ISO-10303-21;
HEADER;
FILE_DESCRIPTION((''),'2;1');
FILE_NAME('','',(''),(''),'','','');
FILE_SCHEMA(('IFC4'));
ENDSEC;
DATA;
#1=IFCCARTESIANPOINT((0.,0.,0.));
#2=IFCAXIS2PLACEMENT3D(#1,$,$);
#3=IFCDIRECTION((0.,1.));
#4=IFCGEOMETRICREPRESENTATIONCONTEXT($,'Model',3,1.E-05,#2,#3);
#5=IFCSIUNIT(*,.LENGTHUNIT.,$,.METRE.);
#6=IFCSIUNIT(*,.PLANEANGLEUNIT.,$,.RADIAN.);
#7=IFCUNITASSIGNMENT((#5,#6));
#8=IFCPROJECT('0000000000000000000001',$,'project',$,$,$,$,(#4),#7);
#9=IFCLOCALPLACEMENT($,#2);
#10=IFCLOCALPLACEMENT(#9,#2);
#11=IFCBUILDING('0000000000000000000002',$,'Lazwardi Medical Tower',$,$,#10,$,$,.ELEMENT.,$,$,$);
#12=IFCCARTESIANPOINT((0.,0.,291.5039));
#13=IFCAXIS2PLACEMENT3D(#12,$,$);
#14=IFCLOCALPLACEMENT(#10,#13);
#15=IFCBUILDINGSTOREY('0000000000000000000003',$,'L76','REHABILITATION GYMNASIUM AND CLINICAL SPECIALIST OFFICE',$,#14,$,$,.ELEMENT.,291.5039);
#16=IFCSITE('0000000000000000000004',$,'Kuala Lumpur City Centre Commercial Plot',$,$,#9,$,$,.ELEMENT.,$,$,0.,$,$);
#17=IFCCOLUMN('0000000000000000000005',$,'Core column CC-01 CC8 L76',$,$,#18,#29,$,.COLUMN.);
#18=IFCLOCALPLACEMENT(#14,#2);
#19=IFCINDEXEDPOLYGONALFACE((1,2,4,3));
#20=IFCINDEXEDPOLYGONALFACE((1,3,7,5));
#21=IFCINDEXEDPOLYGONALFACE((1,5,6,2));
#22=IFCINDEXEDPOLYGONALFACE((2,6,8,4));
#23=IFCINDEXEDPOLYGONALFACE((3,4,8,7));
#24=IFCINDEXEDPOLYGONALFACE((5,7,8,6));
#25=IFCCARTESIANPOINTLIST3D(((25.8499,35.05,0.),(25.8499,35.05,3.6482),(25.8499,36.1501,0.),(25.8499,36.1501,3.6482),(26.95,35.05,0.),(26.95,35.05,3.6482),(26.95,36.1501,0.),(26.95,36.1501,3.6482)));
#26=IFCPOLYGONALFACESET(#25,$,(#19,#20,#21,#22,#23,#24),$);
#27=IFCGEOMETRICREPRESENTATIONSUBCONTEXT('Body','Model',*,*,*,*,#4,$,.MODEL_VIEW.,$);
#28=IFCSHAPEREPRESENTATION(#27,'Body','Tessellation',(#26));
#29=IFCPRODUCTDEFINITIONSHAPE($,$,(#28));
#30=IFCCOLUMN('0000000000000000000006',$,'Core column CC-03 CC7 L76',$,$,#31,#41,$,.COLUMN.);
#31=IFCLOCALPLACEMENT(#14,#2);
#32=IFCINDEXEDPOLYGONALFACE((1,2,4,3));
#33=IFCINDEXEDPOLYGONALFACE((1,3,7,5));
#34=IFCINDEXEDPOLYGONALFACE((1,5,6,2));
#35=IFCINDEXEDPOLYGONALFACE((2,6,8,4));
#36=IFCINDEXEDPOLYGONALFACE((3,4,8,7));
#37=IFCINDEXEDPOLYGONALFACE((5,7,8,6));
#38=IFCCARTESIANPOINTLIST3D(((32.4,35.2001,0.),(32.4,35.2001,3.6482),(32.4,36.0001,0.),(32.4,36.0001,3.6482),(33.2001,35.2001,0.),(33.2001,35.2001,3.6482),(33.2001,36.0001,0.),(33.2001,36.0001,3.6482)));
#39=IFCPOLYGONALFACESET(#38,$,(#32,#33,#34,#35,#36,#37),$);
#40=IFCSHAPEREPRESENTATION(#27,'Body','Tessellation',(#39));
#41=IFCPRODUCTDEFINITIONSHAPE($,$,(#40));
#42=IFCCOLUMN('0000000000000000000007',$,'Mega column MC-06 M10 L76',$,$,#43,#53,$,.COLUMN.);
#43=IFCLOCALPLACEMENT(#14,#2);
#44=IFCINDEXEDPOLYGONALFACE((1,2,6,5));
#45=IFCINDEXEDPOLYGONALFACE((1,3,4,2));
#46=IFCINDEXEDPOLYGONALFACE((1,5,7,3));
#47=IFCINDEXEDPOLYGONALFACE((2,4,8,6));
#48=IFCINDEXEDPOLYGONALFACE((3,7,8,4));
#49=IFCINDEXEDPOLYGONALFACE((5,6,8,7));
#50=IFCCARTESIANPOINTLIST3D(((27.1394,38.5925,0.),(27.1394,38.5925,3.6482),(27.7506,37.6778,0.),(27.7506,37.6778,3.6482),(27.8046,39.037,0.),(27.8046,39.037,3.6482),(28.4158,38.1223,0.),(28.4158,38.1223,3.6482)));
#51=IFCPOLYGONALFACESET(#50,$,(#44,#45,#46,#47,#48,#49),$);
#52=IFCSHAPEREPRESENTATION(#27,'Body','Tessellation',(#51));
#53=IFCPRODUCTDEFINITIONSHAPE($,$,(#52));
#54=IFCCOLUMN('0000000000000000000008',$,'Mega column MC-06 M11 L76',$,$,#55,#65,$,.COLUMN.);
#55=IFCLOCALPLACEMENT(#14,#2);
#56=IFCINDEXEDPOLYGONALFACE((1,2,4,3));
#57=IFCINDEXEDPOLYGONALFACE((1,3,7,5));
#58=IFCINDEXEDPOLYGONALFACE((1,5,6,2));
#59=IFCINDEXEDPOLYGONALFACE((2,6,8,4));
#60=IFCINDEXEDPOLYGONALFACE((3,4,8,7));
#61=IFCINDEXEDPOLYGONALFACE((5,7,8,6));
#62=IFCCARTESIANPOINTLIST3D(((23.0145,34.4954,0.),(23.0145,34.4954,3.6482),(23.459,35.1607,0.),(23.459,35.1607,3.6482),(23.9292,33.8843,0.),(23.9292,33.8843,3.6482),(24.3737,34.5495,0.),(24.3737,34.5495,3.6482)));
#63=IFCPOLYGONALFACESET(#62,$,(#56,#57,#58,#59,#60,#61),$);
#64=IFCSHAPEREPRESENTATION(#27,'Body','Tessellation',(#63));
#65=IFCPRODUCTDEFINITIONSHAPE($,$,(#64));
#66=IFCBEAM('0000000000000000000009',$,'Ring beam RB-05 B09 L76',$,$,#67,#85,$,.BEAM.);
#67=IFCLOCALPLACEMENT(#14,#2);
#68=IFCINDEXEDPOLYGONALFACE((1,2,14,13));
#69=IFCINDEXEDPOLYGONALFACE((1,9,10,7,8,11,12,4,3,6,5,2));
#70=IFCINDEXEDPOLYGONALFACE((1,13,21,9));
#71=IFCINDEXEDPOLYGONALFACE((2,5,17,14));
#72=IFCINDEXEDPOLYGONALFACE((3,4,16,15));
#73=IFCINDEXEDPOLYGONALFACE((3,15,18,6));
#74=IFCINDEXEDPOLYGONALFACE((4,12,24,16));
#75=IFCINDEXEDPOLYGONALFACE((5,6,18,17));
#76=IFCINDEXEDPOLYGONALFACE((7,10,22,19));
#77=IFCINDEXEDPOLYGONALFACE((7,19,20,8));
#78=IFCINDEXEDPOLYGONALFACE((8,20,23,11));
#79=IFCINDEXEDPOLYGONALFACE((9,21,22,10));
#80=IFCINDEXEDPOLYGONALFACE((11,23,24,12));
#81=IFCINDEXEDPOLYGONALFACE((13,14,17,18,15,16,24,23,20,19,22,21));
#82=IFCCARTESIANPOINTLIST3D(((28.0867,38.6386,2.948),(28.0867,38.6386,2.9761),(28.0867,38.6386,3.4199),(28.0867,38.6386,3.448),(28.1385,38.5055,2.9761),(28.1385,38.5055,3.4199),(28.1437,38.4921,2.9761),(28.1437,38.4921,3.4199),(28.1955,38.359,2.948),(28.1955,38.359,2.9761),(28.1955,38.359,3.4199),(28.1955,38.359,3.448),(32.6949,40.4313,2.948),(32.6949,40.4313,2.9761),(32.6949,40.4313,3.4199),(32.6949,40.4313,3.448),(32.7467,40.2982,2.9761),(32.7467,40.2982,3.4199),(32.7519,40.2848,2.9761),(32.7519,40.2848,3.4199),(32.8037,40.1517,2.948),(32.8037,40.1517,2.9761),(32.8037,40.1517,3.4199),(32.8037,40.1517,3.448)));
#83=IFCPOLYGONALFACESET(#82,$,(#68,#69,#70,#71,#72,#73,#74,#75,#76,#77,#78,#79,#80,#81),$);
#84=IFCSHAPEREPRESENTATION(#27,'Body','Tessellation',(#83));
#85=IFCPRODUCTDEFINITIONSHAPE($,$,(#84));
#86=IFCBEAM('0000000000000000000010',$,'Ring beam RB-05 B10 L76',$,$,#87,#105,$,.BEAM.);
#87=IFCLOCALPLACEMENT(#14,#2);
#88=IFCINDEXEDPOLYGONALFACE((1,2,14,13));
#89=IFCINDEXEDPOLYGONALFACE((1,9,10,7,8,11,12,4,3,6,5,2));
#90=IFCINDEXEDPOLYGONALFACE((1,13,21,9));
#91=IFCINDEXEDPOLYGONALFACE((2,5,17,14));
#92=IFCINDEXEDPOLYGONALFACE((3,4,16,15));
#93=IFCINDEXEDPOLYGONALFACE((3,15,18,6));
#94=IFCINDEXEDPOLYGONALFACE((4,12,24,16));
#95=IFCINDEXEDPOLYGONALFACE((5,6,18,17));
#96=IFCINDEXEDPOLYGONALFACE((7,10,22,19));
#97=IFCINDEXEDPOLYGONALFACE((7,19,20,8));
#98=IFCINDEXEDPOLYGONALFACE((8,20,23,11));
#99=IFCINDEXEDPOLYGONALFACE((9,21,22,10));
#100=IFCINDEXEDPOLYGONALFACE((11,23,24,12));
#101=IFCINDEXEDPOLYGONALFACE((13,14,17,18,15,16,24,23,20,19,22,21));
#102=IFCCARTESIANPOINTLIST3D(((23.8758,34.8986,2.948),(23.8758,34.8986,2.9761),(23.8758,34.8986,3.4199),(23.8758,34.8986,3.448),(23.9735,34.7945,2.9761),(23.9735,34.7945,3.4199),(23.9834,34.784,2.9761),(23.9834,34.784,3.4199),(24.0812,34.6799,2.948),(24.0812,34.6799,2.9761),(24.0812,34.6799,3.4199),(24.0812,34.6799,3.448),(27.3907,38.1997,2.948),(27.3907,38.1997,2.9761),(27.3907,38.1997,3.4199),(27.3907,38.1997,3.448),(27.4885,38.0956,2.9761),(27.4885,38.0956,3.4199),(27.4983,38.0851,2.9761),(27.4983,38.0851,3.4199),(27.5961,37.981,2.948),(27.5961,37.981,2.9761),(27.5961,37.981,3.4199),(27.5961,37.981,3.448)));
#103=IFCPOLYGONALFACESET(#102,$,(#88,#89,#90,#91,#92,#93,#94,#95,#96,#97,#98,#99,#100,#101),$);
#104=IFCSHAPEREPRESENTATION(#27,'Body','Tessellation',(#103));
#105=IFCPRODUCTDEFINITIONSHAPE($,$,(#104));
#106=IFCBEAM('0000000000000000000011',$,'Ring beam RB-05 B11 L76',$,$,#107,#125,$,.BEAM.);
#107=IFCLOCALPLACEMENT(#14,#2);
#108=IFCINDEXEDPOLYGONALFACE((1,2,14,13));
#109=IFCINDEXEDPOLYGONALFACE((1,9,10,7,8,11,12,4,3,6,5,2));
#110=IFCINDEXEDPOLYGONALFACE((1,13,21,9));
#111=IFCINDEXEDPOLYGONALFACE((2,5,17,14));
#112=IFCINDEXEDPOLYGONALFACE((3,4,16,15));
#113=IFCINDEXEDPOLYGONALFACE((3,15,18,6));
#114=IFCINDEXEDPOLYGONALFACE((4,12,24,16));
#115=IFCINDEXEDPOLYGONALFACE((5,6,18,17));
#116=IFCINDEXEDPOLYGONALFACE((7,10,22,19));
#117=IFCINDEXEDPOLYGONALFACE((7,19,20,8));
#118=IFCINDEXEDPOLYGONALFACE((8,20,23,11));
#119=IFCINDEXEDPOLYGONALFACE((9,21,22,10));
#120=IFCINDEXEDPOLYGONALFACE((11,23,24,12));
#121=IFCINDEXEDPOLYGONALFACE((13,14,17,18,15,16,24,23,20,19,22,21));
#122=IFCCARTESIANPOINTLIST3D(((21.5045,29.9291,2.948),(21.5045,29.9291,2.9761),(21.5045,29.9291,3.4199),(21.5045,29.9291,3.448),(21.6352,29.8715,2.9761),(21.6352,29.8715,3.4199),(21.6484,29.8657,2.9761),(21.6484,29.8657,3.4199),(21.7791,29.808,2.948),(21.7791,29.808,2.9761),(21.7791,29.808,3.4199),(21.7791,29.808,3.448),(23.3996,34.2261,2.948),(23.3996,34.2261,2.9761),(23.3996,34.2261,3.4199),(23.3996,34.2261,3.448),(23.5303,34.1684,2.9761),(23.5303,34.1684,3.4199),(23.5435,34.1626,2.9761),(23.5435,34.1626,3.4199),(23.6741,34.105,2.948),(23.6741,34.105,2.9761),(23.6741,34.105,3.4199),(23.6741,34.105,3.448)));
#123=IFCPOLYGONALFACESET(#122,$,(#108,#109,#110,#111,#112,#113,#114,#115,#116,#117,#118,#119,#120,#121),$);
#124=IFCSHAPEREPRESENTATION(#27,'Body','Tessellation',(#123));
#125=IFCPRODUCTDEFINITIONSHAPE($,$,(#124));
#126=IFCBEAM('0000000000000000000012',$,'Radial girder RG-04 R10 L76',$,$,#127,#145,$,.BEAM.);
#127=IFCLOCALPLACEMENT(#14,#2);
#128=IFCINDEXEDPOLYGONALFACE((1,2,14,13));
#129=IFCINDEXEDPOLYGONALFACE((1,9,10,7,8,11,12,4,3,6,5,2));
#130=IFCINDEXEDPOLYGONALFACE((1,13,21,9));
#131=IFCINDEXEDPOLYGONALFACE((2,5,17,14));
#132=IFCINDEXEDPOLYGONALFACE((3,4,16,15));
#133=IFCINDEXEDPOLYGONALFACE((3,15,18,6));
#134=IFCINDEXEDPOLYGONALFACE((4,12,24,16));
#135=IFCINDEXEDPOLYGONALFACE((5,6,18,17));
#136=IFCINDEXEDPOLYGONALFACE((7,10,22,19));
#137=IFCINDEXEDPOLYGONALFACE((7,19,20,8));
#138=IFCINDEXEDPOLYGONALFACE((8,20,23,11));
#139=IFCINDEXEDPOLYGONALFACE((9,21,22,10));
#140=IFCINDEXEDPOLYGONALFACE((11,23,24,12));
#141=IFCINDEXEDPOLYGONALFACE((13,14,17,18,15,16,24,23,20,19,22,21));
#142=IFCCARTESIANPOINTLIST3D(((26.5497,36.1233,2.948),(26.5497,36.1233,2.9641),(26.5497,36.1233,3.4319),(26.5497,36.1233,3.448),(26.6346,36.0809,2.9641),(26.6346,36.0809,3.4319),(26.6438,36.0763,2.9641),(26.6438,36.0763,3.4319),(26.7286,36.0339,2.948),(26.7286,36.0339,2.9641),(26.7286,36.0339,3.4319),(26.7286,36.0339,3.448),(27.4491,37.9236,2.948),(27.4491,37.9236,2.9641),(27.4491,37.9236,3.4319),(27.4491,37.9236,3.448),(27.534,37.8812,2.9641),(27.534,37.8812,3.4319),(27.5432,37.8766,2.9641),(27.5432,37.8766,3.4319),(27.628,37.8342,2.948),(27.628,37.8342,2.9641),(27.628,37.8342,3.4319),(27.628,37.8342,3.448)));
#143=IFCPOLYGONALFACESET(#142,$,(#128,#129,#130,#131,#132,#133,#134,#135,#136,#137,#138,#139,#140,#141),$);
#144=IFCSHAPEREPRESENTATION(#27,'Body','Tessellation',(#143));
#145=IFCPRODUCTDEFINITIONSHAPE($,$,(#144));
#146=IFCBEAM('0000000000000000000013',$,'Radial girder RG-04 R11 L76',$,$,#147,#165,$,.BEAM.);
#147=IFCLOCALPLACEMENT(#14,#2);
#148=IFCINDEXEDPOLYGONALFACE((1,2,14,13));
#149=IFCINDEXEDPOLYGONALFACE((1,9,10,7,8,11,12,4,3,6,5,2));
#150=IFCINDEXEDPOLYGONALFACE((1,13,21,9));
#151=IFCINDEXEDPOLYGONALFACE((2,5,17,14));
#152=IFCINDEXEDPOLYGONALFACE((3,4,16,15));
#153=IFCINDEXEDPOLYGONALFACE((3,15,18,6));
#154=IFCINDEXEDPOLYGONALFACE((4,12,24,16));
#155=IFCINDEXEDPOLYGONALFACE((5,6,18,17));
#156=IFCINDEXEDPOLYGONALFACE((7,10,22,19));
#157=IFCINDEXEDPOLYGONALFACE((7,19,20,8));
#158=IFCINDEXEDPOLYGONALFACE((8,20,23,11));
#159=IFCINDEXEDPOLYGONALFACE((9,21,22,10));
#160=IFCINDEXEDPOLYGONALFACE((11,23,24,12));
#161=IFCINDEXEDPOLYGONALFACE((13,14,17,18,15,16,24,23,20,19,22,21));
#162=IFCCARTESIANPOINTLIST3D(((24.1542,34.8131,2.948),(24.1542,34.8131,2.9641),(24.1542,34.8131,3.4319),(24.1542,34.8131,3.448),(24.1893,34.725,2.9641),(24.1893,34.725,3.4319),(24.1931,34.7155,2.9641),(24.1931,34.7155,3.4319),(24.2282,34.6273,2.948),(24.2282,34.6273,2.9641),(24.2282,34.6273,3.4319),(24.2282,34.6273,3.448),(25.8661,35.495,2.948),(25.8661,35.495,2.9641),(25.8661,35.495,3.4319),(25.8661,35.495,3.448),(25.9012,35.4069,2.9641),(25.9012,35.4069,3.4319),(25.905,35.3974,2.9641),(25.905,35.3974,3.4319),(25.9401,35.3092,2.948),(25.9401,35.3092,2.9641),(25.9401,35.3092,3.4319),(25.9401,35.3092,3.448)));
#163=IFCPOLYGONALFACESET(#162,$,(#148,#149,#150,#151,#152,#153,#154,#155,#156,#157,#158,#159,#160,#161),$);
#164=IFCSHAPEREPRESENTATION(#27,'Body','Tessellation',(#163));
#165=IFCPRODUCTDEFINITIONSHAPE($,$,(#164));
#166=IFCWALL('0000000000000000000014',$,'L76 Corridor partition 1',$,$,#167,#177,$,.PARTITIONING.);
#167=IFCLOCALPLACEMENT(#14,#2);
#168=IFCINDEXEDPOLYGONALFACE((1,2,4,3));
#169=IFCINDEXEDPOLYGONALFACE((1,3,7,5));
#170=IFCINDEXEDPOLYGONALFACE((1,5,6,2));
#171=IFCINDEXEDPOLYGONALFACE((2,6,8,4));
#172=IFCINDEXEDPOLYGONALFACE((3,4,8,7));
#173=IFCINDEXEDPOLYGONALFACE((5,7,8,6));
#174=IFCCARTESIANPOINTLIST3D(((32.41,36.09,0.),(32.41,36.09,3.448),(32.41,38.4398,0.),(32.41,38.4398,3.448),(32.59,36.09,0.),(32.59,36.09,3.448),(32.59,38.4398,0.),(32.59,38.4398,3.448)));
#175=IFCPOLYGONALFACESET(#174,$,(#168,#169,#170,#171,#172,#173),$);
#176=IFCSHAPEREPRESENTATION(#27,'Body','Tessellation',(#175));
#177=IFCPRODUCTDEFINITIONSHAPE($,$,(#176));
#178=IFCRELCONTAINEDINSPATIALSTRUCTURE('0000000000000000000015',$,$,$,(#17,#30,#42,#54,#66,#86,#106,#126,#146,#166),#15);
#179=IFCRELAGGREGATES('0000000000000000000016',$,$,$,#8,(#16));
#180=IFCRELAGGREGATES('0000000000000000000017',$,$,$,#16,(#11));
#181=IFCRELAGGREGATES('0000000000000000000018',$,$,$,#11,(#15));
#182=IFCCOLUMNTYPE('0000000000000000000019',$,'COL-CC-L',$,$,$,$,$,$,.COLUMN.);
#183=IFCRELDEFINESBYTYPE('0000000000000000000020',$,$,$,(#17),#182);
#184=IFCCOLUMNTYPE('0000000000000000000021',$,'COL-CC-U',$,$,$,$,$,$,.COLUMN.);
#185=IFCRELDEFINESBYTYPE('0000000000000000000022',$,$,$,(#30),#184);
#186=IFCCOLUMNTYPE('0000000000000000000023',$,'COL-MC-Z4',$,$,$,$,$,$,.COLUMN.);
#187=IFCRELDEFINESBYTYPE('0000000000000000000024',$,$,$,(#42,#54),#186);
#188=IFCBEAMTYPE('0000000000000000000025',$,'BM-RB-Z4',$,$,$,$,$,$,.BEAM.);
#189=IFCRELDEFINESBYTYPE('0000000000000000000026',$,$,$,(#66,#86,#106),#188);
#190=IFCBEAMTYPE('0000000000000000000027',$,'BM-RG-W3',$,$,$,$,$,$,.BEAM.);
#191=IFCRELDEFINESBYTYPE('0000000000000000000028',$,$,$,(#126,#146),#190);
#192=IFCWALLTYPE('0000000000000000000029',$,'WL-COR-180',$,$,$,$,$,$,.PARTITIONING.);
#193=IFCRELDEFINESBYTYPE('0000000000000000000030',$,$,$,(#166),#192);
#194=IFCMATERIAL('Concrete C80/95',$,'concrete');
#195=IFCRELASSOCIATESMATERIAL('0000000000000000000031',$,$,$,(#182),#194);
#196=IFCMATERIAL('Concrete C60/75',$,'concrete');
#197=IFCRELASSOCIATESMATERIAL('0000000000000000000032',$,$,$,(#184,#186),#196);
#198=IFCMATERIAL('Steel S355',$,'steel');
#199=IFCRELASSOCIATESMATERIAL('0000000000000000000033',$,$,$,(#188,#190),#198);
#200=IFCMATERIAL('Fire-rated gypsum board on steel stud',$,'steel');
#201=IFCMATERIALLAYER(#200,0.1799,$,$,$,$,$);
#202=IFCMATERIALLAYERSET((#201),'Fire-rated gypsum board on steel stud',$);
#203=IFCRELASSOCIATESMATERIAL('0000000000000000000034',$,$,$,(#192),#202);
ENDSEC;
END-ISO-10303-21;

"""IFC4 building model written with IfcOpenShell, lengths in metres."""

from ifc_helpers import new_model, si_unit, direction, frame, frame_2d, origin, origin_2d, place, context, subcontext, project, spatial, rectangle, i_section, extrude, material, layer, layer_set, material_profile, profile_set, type_object, element, save


model = new_model("IFC4")

# Units and contexts
model_context = context("Model", 3, precision=1e-05, world=origin(), true_north=direction((0.0, 1.0)))
body_context = subcontext(model_context, "Body", "Model", "MODEL_VIEW")
ifc_project = project(units=[si_unit("LENGTHUNIT", "METRE"), si_unit("PLANEANGLEUNIT", "RADIAN")], contexts=[model_context])

# Site, building, storey
site_placement = place(None, origin())
site = spatial("IfcSite", under=ifc_project, at=site_placement, Name="Kuala Lumpur City Centre Commercial Plot", CompositionType="ELEMENT", RefElevation=0.0)
building_placement = place(site_placement, origin())
building = spatial("IfcBuilding", under=site, at=building_placement, Name="Lazwardi Medical Tower", CompositionType="ELEMENT")
storey_placement = place(building_placement, frame((0.0, 0.0, 291.5039)))
storey = spatial("IfcBuildingStorey", under=building, at=storey_placement, Name="L76", Description="REHABILITATION GYMNASIUM AND CLINICAL SPECIALIST OFFICE", CompositionType="ELEMENT", Elevation=291.5039)

# Columns
ifc_material_1 = material(Name="Concrete C80/95", Category="concrete")
ifc_material_profile_1 = material_profile(ifc_material_1, rectangle(XDim=1.1001, YDim=1.1001, at=origin_2d()), Name="RC 1100x1100")
ifc_profile_set_1 = profile_set([ifc_material_profile_1], Name="Concrete C80/95")
column_type_1 = type_object("IfcColumnType", Name="COL-CC-L", PredefinedType="COLUMN", material=ifc_profile_set_1)
column_1_placement = place(storey_placement, frame((26.3999, 35.6001, 0.0), z_axis=(0.0, 0.0, 1.0), x_axis=(1.0, 0.0, 0.0)))
element("IfcColumn", 1, at=column_1_placement, inside=storey, type_object=column_type_1, Name="Core column CC-01 CC8 L76", PredefinedType="COLUMN", context=body_context, shape_type="SweptSolid", body=[
    extrude(rectangle(XDim=1.1001, YDim=1.1001, at=origin_2d()), origin(), (0.0, 0.0, 1.0), 3.6482),
])
ifc_material_2 = material(Name="Concrete C60/75", Category="concrete")
ifc_material_profile_2 = material_profile(ifc_material_2, rectangle(XDim=0.8, YDim=0.8, at=origin_2d()), Name="RC 800x800")
ifc_profile_set_2 = profile_set([ifc_material_profile_2], Name="Concrete C60/75")
column_type_2 = type_object("IfcColumnType", Name="COL-CC-U", PredefinedType="COLUMN", material=ifc_profile_set_2)
column_2_placement = place(storey_placement, frame((32.8, 35.6001, 0.0), z_axis=(0.0, 0.0, 1.0), x_axis=(1.0, 0.0, 0.0)))
element("IfcColumn", 2, at=column_2_placement, inside=storey, type_object=column_type_2, Name="Core column CC-03 CC7 L76", PredefinedType="COLUMN", context=body_context, shape_type="SweptSolid", body=[
    extrude(rectangle(XDim=0.8, YDim=0.8, at=origin_2d()), origin(), (0.0, 0.0, 1.0), 3.6482),
])
ifc_material_profile_3 = material_profile(ifc_material_2, rectangle(XDim=1.1001, YDim=0.8, at=origin_2d()), Name="CFT-RECT 1100x800")
ifc_profile_set_3 = profile_set([ifc_material_profile_3], Name="Concrete C60/75")
column_type_3 = type_object("IfcColumnType", Name="COL-MC-Z4", PredefinedType="COLUMN", material=ifc_profile_set_3)
for number, where, z_axis, x_axis, name in (
    (3, (27.7776, 38.3574, 0.0), (0.0, 0.0, 1.0), (-0.55557, 0.83147, 0.0), "Mega column MC-06 M10 L76"),
    (4, (23.6941, 34.5225, 0.0), (0.0, 0.0, 1.0), (-0.83147, 0.55557, 0.0), "Mega column MC-06 M11 L76"),
):
    element("IfcColumn", number, at=place(storey_placement, frame(where, z_axis=z_axis, x_axis=x_axis)), inside=storey, type_object=column_type_3, Name=name, PredefinedType="COLUMN", context=body_context, shape_type="SweptSolid", body=[
        extrude(rectangle(XDim=1.1001, YDim=0.8, at=origin_2d()), origin(), (0.0, 0.0, 1.0), 3.6482),
    ])

# Beams
ifc_material_3 = material(Name="Steel S355", Category="steel")
ifc_material_profile_4 = material_profile(ifc_material_3, i_section(OverallWidth=0.3, OverallDepth=0.5, WebThickness=0.0144, FlangeThickness=0.0281, at=origin_2d()), Name="HEB 500")
ifc_profile_set_4 = profile_set([ifc_material_profile_4], Name="Steel S355")
beam_type_1 = type_object("IfcBeamType", Name="BM-RB-Z4", PredefinedType="BEAM", material=ifc_profile_set_4)
beam_1_placement = place(storey_placement, frame((32.7493, 40.2915, 3.198), z_axis=(-0.931959, -0.362563, 0.0), x_axis=(0.362563, -0.931959, 0.0)))
element("IfcBeam", 5, at=beam_1_placement, inside=storey, type_object=beam_type_1, Name="Ring beam RB-05 B09 L76", PredefinedType="BEAM", context=body_context, shape_type="SweptSolid", body=[
    extrude(i_section(OverallWidth=0.3, OverallDepth=0.5, WebThickness=0.0144, FlangeThickness=0.0281, at=origin_2d()), origin(), (0.0, 0.0, 1.0), 4.9446),
])
beam_2_placement = place(storey_placement, frame((27.4934, 38.0903, 3.198), z_axis=(-0.728935, -0.684583, 0.0), x_axis=(0.684583, -0.728935, 0.0)))
element("IfcBeam", 6, at=beam_2_placement, inside=storey, type_object=beam_type_1, Name="Ring beam RB-05 B10 L76", PredefinedType="BEAM", context=body_context, shape_type="SweptSolid", body=[
    extrude(i_section(OverallWidth=0.3, OverallDepth=0.5, WebThickness=0.0144, FlangeThickness=0.0281, at=origin_2d()), origin(), (0.0, 0.0, 1.0), 4.822),
])
beam_3_placement = place(storey_placement, frame((23.5369, 34.1655, 3.198), z_axis=(-0.403522, -0.91497, 0.0), x_axis=(0.91497, -0.403522, 0.0)))
element("IfcBeam", 7, at=beam_3_placement, inside=storey, type_object=beam_type_1, Name="Ring beam RB-05 B11 L76", PredefinedType="BEAM", context=body_context, shape_type="SweptSolid", body=[
    extrude(i_section(OverallWidth=0.3, OverallDepth=0.5, WebThickness=0.0144, FlangeThickness=0.0281, at=origin_2d()), origin(), (0.0, 0.0, 1.0), 4.6963),
])
ifc_material_profile_5 = material_profile(ifc_material_3, i_section(OverallWidth=0.2, OverallDepth=0.5, WebThickness=0.0103, FlangeThickness=0.0161, at=origin_2d()), Name="IPE 500")
ifc_profile_set_5 = profile_set([ifc_material_profile_5], Name="Steel S355")
beam_type_2 = type_object("IfcBeamType", Name="BM-RG-W3", PredefinedType="BEAM", material=ifc_profile_set_5)
beam_4_placement = place(storey_placement, frame((27.5386, 37.8789, 3.198), z_axis=(-0.446922, -0.894573, 0.0), x_axis=(0.894573, -0.446922, 0.0)))
element("IfcBeam", 8, at=beam_4_placement, inside=storey, type_object=beam_type_2, Name="Radial girder RG-04 R10 L76", PredefinedType="BEAM", context=body_context, shape_type="SweptSolid", body=[
    extrude(i_section(OverallWidth=0.2, OverallDepth=0.5, WebThickness=0.0103, FlangeThickness=0.0161, at=origin_2d()), origin(), (0.0, 0.0, 1.0), 2.0125),
])
beam_5_placement = place(storey_placement, frame((24.1912, 34.7202, 3.198), z_axis=(0.929015, 0.370043, 0.0), x_axis=(-0.370043, 0.929015, 0.0)))
element("IfcBeam", 9, at=beam_5_placement, inside=storey, type_object=beam_type_2, Name="Radial girder RG-04 R11 L76", PredefinedType="BEAM", context=body_context, shape_type="SweptSolid", body=[
    extrude(i_section(OverallWidth=0.2, OverallDepth=0.5, WebThickness=0.0103, FlangeThickness=0.0161, at=origin_2d()), origin(), (0.0, 0.0, 1.0), 1.8428),
])

# Wall
ifc_material_4 = material(Name="Fire-rated gypsum board on steel stud", Category="steel")
ifc_layer_1 = layer(ifc_material_4, 0.1799)
ifc_layer_set_1 = layer_set([ifc_layer_1], Name="Fire-rated gypsum board on steel stud")
wall_type_1 = type_object("IfcWallType", Name="WL-COR-180", PredefinedType="PARTITIONING", material=ifc_layer_set_1)
wall_1_placement = place(storey_placement, frame((32.5, 36.0901, 0.0), z_axis=(0.0, 0.0, 1.0), x_axis=(0.0, 1.0, 0.0)))
element("IfcWall", 10, at=wall_1_placement, inside=storey, type_object=wall_type_1, Name="L76 Corridor partition 1", PredefinedType="PARTITIONING", context=body_context, shape_type="SweptSolid", body=[
    extrude(rectangle(XDim=2.3499, YDim=0.1799, at=frame_2d((1.1748, 0.0))), origin(), (0.0, 0.0, 1.0), 3.448),
])

save(model, "model.ifc")
